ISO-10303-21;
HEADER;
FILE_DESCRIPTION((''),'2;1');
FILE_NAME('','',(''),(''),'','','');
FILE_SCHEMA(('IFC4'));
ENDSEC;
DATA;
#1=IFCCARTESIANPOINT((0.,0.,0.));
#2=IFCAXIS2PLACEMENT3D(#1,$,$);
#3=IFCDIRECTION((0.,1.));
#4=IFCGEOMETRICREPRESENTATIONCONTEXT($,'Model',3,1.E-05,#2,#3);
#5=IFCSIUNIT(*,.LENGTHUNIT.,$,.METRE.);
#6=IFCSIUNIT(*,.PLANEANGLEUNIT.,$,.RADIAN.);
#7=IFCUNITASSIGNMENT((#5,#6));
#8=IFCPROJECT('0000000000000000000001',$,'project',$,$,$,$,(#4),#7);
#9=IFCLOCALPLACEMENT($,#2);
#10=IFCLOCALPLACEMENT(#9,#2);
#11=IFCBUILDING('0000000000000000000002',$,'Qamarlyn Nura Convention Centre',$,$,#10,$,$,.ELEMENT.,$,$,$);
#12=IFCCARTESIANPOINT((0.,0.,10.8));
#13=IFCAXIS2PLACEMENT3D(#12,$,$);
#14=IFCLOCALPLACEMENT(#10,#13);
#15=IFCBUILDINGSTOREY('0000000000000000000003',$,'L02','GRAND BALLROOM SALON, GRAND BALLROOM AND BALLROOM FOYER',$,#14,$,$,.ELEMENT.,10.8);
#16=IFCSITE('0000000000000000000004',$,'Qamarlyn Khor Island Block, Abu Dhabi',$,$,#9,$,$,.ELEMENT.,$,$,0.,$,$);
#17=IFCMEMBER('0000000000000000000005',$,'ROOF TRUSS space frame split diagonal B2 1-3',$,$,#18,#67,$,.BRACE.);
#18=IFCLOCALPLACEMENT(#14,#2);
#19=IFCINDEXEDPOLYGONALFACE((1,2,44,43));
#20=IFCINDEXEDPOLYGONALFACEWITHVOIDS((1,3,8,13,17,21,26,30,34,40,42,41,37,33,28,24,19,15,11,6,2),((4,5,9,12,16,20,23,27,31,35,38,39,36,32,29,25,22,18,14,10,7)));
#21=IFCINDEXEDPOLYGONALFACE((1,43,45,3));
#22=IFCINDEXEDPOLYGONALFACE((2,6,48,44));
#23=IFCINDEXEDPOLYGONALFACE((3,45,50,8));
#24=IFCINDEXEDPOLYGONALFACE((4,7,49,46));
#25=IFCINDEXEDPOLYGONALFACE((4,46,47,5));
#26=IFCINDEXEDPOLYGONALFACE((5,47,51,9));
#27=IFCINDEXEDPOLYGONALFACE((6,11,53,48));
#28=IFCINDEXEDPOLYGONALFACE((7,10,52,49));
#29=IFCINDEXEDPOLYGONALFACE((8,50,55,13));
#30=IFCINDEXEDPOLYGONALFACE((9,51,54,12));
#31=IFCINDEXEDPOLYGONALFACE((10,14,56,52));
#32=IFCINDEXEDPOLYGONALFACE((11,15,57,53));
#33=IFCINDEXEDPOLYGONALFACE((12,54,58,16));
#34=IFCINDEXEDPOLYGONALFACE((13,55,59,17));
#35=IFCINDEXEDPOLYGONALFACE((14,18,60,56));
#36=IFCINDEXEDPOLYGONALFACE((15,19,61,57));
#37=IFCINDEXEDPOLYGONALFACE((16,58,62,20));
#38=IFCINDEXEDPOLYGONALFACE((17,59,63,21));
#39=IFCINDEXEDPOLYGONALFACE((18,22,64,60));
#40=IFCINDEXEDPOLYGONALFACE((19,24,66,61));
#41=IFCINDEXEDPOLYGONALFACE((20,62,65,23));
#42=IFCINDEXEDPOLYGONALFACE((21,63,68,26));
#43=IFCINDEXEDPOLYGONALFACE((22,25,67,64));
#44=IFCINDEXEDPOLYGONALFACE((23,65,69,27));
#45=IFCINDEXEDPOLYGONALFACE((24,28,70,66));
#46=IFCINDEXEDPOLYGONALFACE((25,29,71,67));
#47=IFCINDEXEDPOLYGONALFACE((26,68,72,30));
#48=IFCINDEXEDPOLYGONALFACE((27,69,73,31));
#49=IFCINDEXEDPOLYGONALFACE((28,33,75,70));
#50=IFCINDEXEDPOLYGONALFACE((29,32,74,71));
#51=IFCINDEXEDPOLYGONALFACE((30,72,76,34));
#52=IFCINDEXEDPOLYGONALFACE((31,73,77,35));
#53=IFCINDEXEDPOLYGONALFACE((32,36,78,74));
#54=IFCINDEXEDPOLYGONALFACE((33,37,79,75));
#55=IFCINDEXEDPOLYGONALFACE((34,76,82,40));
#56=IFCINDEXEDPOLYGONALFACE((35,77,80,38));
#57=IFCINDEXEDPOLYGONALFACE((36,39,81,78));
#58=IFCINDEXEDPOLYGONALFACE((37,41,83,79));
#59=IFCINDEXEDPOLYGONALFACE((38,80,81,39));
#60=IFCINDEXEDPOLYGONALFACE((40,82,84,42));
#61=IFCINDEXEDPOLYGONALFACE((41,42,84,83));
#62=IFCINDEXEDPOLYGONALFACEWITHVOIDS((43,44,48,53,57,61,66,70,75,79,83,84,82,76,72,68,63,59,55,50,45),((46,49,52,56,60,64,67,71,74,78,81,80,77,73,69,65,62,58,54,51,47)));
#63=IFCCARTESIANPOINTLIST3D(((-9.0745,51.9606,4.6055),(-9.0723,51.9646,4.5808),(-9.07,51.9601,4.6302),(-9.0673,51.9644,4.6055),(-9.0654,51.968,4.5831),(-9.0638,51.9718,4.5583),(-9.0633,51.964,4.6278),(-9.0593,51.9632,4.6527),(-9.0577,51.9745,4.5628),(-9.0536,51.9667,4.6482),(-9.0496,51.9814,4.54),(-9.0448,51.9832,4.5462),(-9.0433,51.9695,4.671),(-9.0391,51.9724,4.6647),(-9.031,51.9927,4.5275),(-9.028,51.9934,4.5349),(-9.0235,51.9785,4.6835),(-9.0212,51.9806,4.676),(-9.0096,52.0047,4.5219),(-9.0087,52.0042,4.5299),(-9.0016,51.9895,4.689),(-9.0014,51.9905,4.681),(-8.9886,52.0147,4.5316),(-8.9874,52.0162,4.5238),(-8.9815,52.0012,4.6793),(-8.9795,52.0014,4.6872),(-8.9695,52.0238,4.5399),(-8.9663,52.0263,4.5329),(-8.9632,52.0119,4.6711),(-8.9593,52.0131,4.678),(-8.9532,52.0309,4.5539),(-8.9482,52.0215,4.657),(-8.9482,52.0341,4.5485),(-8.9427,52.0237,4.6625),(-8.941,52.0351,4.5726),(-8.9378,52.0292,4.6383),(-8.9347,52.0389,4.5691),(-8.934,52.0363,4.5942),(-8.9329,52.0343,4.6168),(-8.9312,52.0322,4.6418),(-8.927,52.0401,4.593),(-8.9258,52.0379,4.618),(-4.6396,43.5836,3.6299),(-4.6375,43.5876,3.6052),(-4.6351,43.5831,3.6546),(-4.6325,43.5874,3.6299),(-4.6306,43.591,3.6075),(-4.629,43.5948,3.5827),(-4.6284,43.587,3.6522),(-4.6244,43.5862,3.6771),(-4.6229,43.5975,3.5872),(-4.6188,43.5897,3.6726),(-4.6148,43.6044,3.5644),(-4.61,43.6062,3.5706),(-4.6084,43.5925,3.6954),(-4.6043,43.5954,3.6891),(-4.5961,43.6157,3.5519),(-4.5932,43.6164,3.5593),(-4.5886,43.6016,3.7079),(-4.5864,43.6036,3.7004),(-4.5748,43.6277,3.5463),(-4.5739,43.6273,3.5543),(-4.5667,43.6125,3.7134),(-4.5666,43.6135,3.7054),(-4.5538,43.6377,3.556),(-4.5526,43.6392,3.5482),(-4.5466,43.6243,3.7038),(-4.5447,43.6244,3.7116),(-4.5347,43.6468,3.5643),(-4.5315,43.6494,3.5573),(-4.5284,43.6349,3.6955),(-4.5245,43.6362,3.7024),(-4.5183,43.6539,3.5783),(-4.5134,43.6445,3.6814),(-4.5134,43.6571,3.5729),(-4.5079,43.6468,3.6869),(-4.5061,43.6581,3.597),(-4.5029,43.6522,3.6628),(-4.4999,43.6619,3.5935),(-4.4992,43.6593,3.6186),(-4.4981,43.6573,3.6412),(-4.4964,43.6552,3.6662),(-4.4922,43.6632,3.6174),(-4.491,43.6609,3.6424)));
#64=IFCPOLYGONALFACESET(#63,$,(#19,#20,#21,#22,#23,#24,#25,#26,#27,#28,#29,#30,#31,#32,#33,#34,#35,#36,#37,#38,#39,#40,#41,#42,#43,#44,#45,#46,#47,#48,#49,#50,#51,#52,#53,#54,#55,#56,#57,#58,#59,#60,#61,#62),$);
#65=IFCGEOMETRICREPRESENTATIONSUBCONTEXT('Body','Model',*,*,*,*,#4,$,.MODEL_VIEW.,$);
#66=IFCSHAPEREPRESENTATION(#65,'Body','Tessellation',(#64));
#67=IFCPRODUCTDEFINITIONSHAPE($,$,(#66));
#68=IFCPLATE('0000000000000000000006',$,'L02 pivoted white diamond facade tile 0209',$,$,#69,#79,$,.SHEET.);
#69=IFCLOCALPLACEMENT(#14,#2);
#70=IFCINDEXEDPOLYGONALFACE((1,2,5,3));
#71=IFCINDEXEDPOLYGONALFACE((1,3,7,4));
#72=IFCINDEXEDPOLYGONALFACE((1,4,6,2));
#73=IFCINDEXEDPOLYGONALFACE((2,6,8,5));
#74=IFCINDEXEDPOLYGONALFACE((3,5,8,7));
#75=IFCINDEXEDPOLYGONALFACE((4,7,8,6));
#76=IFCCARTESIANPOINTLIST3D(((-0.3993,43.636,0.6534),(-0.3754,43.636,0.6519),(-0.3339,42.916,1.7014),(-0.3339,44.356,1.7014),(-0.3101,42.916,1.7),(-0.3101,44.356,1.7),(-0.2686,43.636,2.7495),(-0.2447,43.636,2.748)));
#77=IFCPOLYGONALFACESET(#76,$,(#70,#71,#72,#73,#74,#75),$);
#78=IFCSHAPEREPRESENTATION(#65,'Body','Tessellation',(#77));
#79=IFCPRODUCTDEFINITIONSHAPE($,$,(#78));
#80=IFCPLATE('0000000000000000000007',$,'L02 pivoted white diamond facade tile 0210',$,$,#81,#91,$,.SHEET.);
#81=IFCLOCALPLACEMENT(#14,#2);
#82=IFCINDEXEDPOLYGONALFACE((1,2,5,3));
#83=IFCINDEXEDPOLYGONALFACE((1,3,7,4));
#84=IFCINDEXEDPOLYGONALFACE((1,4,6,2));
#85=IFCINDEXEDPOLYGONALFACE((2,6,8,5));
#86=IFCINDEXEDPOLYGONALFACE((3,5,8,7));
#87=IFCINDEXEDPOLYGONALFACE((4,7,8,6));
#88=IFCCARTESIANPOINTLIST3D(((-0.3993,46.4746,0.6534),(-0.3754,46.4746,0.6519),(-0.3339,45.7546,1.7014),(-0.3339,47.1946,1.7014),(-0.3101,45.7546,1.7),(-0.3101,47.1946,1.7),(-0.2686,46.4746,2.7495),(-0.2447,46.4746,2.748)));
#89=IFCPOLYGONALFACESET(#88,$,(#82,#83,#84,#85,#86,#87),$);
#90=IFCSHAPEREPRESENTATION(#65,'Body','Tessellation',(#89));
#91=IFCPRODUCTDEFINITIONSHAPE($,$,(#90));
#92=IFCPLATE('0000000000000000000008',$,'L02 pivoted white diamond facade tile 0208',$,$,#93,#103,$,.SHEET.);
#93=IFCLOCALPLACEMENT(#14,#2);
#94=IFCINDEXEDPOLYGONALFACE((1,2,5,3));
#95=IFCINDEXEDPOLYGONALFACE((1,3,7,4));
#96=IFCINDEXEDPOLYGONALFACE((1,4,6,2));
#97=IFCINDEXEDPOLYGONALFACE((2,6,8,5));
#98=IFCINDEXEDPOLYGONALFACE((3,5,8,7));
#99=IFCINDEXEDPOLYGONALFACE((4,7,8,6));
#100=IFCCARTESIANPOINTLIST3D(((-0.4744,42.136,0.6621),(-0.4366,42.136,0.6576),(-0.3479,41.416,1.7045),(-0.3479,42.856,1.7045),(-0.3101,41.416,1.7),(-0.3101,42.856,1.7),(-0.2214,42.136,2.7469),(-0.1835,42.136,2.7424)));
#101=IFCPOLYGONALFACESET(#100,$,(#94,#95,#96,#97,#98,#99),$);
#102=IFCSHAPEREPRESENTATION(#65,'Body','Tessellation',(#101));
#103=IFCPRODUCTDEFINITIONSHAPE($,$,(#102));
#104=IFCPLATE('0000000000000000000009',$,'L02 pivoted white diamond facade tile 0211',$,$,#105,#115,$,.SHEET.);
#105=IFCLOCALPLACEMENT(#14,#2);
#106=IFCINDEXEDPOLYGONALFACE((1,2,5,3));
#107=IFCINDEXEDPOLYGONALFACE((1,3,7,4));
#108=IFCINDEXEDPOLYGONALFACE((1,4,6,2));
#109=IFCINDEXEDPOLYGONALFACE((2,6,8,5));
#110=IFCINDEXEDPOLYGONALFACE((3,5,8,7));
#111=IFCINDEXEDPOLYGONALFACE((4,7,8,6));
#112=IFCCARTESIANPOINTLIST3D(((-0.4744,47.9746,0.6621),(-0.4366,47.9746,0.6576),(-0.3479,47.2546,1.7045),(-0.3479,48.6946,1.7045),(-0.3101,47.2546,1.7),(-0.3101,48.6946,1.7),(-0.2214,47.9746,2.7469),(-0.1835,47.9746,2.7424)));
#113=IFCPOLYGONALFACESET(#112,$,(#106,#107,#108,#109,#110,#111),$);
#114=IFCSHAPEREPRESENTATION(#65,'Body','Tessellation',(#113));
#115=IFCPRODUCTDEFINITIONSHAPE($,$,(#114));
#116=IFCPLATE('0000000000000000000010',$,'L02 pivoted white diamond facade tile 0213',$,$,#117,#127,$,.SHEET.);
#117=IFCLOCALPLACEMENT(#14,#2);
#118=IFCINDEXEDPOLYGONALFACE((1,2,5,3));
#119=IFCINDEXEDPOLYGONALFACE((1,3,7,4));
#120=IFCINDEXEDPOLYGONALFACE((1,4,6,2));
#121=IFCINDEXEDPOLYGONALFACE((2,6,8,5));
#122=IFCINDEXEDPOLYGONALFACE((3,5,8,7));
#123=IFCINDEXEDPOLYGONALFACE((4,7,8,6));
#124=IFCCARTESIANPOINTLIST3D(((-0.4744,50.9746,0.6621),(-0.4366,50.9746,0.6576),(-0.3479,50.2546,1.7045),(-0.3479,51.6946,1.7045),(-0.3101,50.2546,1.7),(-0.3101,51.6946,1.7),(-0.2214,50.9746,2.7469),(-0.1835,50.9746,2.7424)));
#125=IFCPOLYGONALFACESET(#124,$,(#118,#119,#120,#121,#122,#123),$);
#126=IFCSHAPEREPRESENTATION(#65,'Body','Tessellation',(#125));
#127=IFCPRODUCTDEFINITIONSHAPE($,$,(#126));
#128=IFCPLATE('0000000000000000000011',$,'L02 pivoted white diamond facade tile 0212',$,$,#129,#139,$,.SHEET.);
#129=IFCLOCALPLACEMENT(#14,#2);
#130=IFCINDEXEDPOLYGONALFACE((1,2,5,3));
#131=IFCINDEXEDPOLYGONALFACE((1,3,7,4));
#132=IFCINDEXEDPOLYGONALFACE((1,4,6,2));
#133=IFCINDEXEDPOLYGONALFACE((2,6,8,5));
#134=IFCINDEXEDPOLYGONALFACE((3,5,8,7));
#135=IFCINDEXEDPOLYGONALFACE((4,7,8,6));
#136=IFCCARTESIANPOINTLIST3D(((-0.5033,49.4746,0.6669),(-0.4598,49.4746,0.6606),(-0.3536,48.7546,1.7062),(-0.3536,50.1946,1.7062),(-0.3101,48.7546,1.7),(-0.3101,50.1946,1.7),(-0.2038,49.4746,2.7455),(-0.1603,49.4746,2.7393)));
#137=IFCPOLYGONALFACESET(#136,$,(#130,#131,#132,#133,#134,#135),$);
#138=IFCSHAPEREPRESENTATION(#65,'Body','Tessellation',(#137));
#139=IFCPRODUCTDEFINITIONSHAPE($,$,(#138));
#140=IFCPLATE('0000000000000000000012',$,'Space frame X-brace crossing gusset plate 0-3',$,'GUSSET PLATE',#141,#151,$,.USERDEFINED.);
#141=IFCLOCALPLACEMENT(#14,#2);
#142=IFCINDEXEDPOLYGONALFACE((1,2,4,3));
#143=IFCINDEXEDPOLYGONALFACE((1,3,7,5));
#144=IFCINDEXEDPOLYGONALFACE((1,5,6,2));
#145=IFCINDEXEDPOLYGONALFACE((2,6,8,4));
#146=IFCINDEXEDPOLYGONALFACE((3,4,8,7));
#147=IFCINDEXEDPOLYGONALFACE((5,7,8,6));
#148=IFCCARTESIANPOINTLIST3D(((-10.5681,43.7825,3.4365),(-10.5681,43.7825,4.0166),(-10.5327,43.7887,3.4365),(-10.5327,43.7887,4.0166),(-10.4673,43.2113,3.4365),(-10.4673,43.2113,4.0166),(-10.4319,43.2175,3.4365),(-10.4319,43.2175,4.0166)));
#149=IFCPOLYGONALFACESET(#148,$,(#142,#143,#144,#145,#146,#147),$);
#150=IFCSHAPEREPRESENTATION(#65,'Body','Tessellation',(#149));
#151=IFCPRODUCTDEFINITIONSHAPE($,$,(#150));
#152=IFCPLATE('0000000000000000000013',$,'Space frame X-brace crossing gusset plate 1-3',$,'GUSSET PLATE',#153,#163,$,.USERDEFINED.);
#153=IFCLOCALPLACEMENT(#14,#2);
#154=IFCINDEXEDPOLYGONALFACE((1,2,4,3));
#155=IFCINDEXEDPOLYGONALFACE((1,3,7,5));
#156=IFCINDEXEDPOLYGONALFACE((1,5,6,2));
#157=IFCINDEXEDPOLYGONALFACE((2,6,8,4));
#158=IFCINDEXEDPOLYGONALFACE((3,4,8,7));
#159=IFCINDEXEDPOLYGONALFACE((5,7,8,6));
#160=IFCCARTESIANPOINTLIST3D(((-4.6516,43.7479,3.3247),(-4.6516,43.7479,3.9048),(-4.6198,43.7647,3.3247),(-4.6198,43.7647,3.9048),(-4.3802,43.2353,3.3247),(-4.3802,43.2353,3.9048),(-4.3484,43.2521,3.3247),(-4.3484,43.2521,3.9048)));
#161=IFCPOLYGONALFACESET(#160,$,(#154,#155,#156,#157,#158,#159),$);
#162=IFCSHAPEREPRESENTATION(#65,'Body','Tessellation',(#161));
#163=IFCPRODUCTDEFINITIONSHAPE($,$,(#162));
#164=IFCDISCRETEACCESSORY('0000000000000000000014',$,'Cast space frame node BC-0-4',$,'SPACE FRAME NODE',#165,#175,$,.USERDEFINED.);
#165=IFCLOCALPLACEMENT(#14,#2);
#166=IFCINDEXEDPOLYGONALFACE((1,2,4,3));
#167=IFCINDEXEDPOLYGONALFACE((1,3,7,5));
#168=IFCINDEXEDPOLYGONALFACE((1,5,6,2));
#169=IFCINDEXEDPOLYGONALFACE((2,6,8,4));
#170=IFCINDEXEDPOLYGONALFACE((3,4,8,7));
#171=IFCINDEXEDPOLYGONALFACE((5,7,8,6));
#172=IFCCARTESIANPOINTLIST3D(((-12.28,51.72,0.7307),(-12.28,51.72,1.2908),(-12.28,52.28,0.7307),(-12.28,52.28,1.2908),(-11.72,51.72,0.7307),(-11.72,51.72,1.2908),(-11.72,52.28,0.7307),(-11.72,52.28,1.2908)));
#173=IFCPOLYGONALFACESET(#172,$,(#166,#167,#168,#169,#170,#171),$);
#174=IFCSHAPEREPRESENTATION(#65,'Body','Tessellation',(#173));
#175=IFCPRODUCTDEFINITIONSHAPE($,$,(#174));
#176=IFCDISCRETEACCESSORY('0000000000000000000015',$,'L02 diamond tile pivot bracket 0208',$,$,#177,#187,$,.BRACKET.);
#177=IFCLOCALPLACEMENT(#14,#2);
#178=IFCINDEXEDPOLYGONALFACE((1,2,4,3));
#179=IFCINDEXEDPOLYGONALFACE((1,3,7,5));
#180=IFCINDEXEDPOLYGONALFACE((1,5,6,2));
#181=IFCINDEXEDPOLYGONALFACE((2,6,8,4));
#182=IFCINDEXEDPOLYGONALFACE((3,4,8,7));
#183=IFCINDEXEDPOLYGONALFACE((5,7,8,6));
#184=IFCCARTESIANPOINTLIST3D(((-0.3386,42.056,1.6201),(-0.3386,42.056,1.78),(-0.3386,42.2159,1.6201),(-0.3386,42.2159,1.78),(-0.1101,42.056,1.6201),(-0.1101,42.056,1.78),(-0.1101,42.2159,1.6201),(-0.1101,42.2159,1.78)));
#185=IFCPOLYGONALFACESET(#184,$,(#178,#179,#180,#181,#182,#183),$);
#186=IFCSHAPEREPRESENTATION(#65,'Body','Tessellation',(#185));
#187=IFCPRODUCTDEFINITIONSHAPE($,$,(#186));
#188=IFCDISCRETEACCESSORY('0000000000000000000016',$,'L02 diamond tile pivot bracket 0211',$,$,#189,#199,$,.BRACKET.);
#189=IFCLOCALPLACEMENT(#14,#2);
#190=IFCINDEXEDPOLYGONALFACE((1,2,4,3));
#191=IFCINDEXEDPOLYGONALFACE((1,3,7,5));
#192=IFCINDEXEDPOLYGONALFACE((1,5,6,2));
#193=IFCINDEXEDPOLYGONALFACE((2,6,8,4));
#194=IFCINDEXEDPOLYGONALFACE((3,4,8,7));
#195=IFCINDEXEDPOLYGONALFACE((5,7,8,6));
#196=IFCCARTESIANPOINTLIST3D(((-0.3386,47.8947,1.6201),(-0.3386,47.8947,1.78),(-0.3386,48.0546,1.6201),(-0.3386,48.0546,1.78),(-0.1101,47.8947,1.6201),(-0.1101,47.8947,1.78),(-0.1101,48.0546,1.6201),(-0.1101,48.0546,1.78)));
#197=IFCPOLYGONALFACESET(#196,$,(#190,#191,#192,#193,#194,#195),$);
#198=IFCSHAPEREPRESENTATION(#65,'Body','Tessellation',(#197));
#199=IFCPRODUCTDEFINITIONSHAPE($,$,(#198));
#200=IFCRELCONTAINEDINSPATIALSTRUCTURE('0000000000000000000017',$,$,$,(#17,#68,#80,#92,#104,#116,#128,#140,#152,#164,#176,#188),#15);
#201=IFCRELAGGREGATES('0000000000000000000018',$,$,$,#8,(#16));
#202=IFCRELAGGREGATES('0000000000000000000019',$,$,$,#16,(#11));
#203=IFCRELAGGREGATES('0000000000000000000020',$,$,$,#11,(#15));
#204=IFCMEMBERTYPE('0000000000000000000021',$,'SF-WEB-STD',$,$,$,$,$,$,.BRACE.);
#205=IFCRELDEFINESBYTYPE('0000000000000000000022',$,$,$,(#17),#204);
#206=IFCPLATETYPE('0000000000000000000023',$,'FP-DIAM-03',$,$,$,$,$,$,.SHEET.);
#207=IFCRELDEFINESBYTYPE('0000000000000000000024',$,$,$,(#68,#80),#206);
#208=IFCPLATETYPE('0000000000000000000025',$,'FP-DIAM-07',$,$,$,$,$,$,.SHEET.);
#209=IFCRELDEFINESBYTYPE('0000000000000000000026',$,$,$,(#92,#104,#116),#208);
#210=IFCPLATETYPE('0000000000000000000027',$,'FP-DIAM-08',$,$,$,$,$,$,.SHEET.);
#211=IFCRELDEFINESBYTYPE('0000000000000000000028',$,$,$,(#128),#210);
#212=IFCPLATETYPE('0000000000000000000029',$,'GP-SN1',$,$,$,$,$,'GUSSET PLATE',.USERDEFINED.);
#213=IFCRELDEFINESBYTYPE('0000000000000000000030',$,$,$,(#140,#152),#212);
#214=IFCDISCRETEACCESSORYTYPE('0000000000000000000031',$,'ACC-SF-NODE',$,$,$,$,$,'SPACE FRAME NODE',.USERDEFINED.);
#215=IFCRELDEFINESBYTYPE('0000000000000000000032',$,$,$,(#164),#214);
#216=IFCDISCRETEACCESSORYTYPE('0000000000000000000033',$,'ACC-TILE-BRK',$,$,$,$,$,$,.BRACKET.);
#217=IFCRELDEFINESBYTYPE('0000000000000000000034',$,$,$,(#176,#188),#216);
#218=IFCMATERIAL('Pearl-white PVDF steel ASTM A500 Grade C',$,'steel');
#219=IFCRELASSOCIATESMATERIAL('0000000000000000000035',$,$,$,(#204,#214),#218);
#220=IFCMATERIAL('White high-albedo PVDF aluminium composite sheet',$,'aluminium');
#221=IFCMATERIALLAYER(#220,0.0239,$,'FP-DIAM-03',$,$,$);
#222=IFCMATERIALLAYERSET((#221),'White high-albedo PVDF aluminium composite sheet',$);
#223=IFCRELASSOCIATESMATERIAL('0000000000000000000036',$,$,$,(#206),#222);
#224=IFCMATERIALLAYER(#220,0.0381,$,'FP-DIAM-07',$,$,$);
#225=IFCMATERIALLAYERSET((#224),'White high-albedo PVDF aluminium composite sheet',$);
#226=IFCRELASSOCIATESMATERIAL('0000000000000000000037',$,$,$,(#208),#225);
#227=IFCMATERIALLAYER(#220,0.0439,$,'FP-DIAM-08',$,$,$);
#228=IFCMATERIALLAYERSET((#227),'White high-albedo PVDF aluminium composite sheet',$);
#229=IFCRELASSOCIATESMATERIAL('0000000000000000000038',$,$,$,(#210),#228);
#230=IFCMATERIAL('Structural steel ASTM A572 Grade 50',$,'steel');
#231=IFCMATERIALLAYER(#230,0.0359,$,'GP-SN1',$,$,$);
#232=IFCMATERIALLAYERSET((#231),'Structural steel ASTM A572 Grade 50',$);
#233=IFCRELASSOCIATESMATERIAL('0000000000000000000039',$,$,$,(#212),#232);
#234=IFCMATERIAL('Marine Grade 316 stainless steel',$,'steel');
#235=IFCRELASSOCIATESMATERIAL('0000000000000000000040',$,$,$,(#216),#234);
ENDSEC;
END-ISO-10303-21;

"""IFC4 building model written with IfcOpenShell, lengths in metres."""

from ifc_helpers import new_model, si_unit, direction, frame, origin, origin_2d, place, context, subcontext, project, spatial, polyline, rectangle, hollow_circle, outline, extrude, material, layer, layer_set, material_profile, profile_set, type_object, element, save


model = new_model("IFC4")

# Units and contexts
model_context = context("Model", 3, precision=1e-05, world=origin(), true_north=direction((0.0, 1.0)))
body_context = subcontext(model_context, "Body", "Model", "MODEL_VIEW")
ifc_project = project(units=[si_unit("LENGTHUNIT", "METRE"), si_unit("PLANEANGLEUNIT", "RADIAN")], contexts=[model_context])

# Site, building, storey
site_placement = place(None, origin())
site = spatial("IfcSite", under=ifc_project, at=site_placement, Name="Qamarlyn Khor Island Block, Abu Dhabi", CompositionType="ELEMENT", RefElevation=0.0)
building_placement = place(site_placement, origin())
building = spatial("IfcBuilding", under=site, at=building_placement, Name="Qamarlyn Nura Convention Centre", CompositionType="ELEMENT")
storey_placement = place(building_placement, frame((0.0, 0.0, 10.8)))
storey = spatial("IfcBuildingStorey", under=building, at=storey_placement, Name="L02", Description="GRAND BALLROOM SALON, GRAND BALLROOM AND BALLROOM FOYER", CompositionType="ELEMENT", Elevation=10.8)

# Member
ifc_material_1 = material(Name="Pearl-white PVDF steel ASTM A500 Grade C", Category="steel")
ifc_material_profile_1 = material_profile(ifc_material_1, hollow_circle(Radius=0.0842, WallThickness=0.0081, at=origin_2d()), Name="CHS168.3X8")
ifc_profile_set_1 = profile_set([ifc_material_profile_1], Name="Pearl-white PVDF steel ASTM A500 Grade C")
member_type_1 = type_object("IfcMemberType", Name="SF-WEB-STD", PredefinedType="BRACE", material=ifc_profile_set_1)
member_1_placement = place(storey_placement, frame((-4.5652, 43.623, 3.6299), z_axis=(-0.465425, 0.879145, 0.102386), x_axis=(-0.88379, -0.467884, 0.0)))
element("IfcMember", 1, at=member_1_placement, inside=storey, type_object=member_type_1, Name="ROOF TRUSS space frame split diagonal B2 1-3", PredefinedType="BRACE", context=body_context, shape_type="SweptSolid", body=[
    extrude(hollow_circle(Radius=0.0842, WallThickness=0.0081, at=origin_2d()), origin(), (0.0, 0.0, 1.0), 9.5286),
])

# Plates
ifc_material_2 = material(Name="White high-albedo PVDF aluminium composite sheet", Category="aluminium")
ifc_layer_1 = layer(ifc_material_2, 0.0239, Name="FP-DIAM-03")
ifc_layer_set_1 = layer_set([ifc_layer_1], Name="White high-albedo PVDF aluminium composite sheet")
plate_type_1 = type_object("IfcPlateType", Name="FP-DIAM-03", PredefinedType="SHEET", material=ifc_layer_set_1)
for number, where, z_axis, x_axis, name in (
    (2, (-0.3101, 43.636, 1.7), (-0.998059, 0.0, 0.062268), (0.0, -1.0, 0.0), "L02 pivoted white diamond facade tile 0209"),
    (3, (-0.3101, 46.4746, 1.7), (-0.998059, 0.0, 0.062268), (0.0, -1.0, 0.0), "L02 pivoted white diamond facade tile 0210"),
):
    element("IfcPlate", number, at=place(storey_placement, frame(where, z_axis=z_axis, x_axis=x_axis)), inside=storey, type_object=plate_type_1, Name=name, PredefinedType="SHEET", context=body_context, shape_type="SweptSolid", body=[
        extrude(outline(polyline([(-0.72, 0.0), (0.0, -1.05), (0.72, 0.0), (0.0, 1.05), (-0.72, 0.0)])), origin(), (0.0, 0.0, 1.0), 0.0239),
    ])
ifc_layer_2 = layer(ifc_material_2, 0.0381, Name="FP-DIAM-07")
ifc_layer_set_2 = layer_set([ifc_layer_2], Name="White high-albedo PVDF aluminium composite sheet")
plate_type_2 = type_object("IfcPlateType", Name="FP-DIAM-07", PredefinedType="SHEET", material=ifc_layer_set_2)
for number, where, z_axis, x_axis, name in (
    (4, (-0.3101, 42.136, 1.7), (-0.992715, 0.0, 0.120483), (0.0, -1.0, 0.0), "L02 pivoted white diamond facade tile 0208"),
    (5, (-0.3101, 47.9746, 1.7), (-0.992715, 0.0, 0.120483), (0.0, -1.0, 0.0), "L02 pivoted white diamond facade tile 0211"),
    (6, (-0.3101, 50.9746, 1.7), (-0.992715, 0.0, 0.120483), (0.0, -1.0, 0.0), "L02 pivoted white diamond facade tile 0213"),
):
    element("IfcPlate", number, at=place(storey_placement, frame(where, z_axis=z_axis, x_axis=x_axis)), inside=storey, type_object=plate_type_2, Name=name, PredefinedType="SHEET", context=body_context, shape_type="SweptSolid", body=[
        extrude(outline(polyline([(-0.72, 0.0), (0.0, -1.05), (0.72, 0.0), (0.0, 1.05), (-0.72, 0.0)])), origin(), (0.0, 0.0, 1.0), 0.0381),
    ])
ifc_layer_3 = layer(ifc_material_2, 0.0439, Name="FP-DIAM-08")
ifc_layer_set_3 = layer_set([ifc_layer_3], Name="White high-albedo PVDF aluminium composite sheet")
plate_type_3 = type_object("IfcPlateType", Name="FP-DIAM-08", PredefinedType="SHEET", material=ifc_layer_set_3)
plate_placement = place(storey_placement, frame((-0.3101, 49.4746, 1.7), z_axis=(-0.989776, 0.0, 0.142629), x_axis=(0.0, -1.0, 0.0)))
element("IfcPlate", 7, at=plate_placement, inside=storey, type_object=plate_type_3, Name="L02 pivoted white diamond facade tile 0212", PredefinedType="SHEET", context=body_context, shape_type="SweptSolid", body=[
    extrude(outline(polyline([(-0.72, 0.0), (0.0, -1.05), (0.72, 0.0), (0.0, 1.05), (-0.72, 0.0)])), origin(), (0.0, 0.0, 1.0), 0.0439),
])
ifc_material_3 = material(Name="Structural steel ASTM A572 Grade 50", Category="steel")
ifc_layer_4 = layer(ifc_material_3, 0.0359, Name="GP-SN1")
ifc_layer_set_4 = layer_set([ifc_layer_4], Name="Structural steel ASTM A572 Grade 50")
plate_type_4 = type_object("IfcPlateType", Name="GP-SN1", ElementType="GUSSET PLATE", PredefinedType="USERDEFINED", material=ifc_layer_set_4)
for number, where, z_axis, x_axis, name in (
    (8, (-10.5, 43.5, 3.4365), (0.0, 0.0, 1.0), (-0.173786, 0.984783, 0.0), "Space frame X-brace crossing gusset plate 0-3"),
    (9, (-4.5, 43.5, 3.3247), (0.0, 0.0, 1.0), (-0.467888, 0.883788, 0.0), "Space frame X-brace crossing gusset plate 1-3"),
):
    element("IfcPlate", number, at=place(storey_placement, frame(where, z_axis=z_axis, x_axis=x_axis)), inside=storey, type_object=plate_type_4, Name=name, ObjectType="GUSSET PLATE", PredefinedType="USERDEFINED", context=body_context, shape_type="SweptSolid", body=[
        extrude(rectangle(XDim=0.5801, YDim=0.0359, at=origin_2d()), origin(), (0.0, 0.0, 1.0), 0.5801),
    ])

# Discrete accessories
discrete_accessory_type_1 = type_object("IfcDiscreteAccessoryType", Name="ACC-SF-NODE", ElementType="SPACE FRAME NODE", PredefinedType="USERDEFINED", material=ifc_material_1)
discrete_accessory_1_placement = place(storey_placement, frame((-12.0, 52.0, 0.7307), z_axis=(0.0, 0.0, 1.0), x_axis=(1.0, 0.0, 0.0)))
element("IfcDiscreteAccessory", 10, at=discrete_accessory_1_placement, inside=storey, type_object=discrete_accessory_type_1, Name="Cast space frame node BC-0-4", ObjectType="SPACE FRAME NODE", PredefinedType="USERDEFINED", context=body_context, shape_type="SweptSolid", body=[
    extrude(rectangle(XDim=0.5601, YDim=0.5601, at=origin_2d()), origin(), (0.0, 0.0, 1.0), 0.5601),
])
ifc_material_4 = material(Name="Marine Grade 316 stainless steel", Category="steel")
discrete_accessory_type_2 = type_object("IfcDiscreteAccessoryType", Name="ACC-TILE-BRK", PredefinedType="BRACKET", material=ifc_material_4)
for number, where, z_axis, x_axis, name in (
    (11, (-0.2244, 42.136, 1.6201), (0.0, 0.0, 1.0), (-1.0, 0.0, 0.0), "L02 diamond tile pivot bracket 0208"),
    (12, (-0.2244, 47.9746, 1.6201), (0.0, 0.0, 1.0), (-1.0, 0.0, 0.0), "L02 diamond tile pivot bracket 0211"),
):
    element("IfcDiscreteAccessory", number, at=place(storey_placement, frame(where, z_axis=z_axis, x_axis=x_axis)), inside=storey, type_object=discrete_accessory_type_2, Name=name, PredefinedType="BRACKET", context=body_context, shape_type="SweptSolid", body=[
        extrude(rectangle(XDim=0.2285, YDim=0.1599, at=origin_2d()), origin(), (0.0, 0.0, 1.0), 0.1599),
    ])

save(model, "model.ifc")
